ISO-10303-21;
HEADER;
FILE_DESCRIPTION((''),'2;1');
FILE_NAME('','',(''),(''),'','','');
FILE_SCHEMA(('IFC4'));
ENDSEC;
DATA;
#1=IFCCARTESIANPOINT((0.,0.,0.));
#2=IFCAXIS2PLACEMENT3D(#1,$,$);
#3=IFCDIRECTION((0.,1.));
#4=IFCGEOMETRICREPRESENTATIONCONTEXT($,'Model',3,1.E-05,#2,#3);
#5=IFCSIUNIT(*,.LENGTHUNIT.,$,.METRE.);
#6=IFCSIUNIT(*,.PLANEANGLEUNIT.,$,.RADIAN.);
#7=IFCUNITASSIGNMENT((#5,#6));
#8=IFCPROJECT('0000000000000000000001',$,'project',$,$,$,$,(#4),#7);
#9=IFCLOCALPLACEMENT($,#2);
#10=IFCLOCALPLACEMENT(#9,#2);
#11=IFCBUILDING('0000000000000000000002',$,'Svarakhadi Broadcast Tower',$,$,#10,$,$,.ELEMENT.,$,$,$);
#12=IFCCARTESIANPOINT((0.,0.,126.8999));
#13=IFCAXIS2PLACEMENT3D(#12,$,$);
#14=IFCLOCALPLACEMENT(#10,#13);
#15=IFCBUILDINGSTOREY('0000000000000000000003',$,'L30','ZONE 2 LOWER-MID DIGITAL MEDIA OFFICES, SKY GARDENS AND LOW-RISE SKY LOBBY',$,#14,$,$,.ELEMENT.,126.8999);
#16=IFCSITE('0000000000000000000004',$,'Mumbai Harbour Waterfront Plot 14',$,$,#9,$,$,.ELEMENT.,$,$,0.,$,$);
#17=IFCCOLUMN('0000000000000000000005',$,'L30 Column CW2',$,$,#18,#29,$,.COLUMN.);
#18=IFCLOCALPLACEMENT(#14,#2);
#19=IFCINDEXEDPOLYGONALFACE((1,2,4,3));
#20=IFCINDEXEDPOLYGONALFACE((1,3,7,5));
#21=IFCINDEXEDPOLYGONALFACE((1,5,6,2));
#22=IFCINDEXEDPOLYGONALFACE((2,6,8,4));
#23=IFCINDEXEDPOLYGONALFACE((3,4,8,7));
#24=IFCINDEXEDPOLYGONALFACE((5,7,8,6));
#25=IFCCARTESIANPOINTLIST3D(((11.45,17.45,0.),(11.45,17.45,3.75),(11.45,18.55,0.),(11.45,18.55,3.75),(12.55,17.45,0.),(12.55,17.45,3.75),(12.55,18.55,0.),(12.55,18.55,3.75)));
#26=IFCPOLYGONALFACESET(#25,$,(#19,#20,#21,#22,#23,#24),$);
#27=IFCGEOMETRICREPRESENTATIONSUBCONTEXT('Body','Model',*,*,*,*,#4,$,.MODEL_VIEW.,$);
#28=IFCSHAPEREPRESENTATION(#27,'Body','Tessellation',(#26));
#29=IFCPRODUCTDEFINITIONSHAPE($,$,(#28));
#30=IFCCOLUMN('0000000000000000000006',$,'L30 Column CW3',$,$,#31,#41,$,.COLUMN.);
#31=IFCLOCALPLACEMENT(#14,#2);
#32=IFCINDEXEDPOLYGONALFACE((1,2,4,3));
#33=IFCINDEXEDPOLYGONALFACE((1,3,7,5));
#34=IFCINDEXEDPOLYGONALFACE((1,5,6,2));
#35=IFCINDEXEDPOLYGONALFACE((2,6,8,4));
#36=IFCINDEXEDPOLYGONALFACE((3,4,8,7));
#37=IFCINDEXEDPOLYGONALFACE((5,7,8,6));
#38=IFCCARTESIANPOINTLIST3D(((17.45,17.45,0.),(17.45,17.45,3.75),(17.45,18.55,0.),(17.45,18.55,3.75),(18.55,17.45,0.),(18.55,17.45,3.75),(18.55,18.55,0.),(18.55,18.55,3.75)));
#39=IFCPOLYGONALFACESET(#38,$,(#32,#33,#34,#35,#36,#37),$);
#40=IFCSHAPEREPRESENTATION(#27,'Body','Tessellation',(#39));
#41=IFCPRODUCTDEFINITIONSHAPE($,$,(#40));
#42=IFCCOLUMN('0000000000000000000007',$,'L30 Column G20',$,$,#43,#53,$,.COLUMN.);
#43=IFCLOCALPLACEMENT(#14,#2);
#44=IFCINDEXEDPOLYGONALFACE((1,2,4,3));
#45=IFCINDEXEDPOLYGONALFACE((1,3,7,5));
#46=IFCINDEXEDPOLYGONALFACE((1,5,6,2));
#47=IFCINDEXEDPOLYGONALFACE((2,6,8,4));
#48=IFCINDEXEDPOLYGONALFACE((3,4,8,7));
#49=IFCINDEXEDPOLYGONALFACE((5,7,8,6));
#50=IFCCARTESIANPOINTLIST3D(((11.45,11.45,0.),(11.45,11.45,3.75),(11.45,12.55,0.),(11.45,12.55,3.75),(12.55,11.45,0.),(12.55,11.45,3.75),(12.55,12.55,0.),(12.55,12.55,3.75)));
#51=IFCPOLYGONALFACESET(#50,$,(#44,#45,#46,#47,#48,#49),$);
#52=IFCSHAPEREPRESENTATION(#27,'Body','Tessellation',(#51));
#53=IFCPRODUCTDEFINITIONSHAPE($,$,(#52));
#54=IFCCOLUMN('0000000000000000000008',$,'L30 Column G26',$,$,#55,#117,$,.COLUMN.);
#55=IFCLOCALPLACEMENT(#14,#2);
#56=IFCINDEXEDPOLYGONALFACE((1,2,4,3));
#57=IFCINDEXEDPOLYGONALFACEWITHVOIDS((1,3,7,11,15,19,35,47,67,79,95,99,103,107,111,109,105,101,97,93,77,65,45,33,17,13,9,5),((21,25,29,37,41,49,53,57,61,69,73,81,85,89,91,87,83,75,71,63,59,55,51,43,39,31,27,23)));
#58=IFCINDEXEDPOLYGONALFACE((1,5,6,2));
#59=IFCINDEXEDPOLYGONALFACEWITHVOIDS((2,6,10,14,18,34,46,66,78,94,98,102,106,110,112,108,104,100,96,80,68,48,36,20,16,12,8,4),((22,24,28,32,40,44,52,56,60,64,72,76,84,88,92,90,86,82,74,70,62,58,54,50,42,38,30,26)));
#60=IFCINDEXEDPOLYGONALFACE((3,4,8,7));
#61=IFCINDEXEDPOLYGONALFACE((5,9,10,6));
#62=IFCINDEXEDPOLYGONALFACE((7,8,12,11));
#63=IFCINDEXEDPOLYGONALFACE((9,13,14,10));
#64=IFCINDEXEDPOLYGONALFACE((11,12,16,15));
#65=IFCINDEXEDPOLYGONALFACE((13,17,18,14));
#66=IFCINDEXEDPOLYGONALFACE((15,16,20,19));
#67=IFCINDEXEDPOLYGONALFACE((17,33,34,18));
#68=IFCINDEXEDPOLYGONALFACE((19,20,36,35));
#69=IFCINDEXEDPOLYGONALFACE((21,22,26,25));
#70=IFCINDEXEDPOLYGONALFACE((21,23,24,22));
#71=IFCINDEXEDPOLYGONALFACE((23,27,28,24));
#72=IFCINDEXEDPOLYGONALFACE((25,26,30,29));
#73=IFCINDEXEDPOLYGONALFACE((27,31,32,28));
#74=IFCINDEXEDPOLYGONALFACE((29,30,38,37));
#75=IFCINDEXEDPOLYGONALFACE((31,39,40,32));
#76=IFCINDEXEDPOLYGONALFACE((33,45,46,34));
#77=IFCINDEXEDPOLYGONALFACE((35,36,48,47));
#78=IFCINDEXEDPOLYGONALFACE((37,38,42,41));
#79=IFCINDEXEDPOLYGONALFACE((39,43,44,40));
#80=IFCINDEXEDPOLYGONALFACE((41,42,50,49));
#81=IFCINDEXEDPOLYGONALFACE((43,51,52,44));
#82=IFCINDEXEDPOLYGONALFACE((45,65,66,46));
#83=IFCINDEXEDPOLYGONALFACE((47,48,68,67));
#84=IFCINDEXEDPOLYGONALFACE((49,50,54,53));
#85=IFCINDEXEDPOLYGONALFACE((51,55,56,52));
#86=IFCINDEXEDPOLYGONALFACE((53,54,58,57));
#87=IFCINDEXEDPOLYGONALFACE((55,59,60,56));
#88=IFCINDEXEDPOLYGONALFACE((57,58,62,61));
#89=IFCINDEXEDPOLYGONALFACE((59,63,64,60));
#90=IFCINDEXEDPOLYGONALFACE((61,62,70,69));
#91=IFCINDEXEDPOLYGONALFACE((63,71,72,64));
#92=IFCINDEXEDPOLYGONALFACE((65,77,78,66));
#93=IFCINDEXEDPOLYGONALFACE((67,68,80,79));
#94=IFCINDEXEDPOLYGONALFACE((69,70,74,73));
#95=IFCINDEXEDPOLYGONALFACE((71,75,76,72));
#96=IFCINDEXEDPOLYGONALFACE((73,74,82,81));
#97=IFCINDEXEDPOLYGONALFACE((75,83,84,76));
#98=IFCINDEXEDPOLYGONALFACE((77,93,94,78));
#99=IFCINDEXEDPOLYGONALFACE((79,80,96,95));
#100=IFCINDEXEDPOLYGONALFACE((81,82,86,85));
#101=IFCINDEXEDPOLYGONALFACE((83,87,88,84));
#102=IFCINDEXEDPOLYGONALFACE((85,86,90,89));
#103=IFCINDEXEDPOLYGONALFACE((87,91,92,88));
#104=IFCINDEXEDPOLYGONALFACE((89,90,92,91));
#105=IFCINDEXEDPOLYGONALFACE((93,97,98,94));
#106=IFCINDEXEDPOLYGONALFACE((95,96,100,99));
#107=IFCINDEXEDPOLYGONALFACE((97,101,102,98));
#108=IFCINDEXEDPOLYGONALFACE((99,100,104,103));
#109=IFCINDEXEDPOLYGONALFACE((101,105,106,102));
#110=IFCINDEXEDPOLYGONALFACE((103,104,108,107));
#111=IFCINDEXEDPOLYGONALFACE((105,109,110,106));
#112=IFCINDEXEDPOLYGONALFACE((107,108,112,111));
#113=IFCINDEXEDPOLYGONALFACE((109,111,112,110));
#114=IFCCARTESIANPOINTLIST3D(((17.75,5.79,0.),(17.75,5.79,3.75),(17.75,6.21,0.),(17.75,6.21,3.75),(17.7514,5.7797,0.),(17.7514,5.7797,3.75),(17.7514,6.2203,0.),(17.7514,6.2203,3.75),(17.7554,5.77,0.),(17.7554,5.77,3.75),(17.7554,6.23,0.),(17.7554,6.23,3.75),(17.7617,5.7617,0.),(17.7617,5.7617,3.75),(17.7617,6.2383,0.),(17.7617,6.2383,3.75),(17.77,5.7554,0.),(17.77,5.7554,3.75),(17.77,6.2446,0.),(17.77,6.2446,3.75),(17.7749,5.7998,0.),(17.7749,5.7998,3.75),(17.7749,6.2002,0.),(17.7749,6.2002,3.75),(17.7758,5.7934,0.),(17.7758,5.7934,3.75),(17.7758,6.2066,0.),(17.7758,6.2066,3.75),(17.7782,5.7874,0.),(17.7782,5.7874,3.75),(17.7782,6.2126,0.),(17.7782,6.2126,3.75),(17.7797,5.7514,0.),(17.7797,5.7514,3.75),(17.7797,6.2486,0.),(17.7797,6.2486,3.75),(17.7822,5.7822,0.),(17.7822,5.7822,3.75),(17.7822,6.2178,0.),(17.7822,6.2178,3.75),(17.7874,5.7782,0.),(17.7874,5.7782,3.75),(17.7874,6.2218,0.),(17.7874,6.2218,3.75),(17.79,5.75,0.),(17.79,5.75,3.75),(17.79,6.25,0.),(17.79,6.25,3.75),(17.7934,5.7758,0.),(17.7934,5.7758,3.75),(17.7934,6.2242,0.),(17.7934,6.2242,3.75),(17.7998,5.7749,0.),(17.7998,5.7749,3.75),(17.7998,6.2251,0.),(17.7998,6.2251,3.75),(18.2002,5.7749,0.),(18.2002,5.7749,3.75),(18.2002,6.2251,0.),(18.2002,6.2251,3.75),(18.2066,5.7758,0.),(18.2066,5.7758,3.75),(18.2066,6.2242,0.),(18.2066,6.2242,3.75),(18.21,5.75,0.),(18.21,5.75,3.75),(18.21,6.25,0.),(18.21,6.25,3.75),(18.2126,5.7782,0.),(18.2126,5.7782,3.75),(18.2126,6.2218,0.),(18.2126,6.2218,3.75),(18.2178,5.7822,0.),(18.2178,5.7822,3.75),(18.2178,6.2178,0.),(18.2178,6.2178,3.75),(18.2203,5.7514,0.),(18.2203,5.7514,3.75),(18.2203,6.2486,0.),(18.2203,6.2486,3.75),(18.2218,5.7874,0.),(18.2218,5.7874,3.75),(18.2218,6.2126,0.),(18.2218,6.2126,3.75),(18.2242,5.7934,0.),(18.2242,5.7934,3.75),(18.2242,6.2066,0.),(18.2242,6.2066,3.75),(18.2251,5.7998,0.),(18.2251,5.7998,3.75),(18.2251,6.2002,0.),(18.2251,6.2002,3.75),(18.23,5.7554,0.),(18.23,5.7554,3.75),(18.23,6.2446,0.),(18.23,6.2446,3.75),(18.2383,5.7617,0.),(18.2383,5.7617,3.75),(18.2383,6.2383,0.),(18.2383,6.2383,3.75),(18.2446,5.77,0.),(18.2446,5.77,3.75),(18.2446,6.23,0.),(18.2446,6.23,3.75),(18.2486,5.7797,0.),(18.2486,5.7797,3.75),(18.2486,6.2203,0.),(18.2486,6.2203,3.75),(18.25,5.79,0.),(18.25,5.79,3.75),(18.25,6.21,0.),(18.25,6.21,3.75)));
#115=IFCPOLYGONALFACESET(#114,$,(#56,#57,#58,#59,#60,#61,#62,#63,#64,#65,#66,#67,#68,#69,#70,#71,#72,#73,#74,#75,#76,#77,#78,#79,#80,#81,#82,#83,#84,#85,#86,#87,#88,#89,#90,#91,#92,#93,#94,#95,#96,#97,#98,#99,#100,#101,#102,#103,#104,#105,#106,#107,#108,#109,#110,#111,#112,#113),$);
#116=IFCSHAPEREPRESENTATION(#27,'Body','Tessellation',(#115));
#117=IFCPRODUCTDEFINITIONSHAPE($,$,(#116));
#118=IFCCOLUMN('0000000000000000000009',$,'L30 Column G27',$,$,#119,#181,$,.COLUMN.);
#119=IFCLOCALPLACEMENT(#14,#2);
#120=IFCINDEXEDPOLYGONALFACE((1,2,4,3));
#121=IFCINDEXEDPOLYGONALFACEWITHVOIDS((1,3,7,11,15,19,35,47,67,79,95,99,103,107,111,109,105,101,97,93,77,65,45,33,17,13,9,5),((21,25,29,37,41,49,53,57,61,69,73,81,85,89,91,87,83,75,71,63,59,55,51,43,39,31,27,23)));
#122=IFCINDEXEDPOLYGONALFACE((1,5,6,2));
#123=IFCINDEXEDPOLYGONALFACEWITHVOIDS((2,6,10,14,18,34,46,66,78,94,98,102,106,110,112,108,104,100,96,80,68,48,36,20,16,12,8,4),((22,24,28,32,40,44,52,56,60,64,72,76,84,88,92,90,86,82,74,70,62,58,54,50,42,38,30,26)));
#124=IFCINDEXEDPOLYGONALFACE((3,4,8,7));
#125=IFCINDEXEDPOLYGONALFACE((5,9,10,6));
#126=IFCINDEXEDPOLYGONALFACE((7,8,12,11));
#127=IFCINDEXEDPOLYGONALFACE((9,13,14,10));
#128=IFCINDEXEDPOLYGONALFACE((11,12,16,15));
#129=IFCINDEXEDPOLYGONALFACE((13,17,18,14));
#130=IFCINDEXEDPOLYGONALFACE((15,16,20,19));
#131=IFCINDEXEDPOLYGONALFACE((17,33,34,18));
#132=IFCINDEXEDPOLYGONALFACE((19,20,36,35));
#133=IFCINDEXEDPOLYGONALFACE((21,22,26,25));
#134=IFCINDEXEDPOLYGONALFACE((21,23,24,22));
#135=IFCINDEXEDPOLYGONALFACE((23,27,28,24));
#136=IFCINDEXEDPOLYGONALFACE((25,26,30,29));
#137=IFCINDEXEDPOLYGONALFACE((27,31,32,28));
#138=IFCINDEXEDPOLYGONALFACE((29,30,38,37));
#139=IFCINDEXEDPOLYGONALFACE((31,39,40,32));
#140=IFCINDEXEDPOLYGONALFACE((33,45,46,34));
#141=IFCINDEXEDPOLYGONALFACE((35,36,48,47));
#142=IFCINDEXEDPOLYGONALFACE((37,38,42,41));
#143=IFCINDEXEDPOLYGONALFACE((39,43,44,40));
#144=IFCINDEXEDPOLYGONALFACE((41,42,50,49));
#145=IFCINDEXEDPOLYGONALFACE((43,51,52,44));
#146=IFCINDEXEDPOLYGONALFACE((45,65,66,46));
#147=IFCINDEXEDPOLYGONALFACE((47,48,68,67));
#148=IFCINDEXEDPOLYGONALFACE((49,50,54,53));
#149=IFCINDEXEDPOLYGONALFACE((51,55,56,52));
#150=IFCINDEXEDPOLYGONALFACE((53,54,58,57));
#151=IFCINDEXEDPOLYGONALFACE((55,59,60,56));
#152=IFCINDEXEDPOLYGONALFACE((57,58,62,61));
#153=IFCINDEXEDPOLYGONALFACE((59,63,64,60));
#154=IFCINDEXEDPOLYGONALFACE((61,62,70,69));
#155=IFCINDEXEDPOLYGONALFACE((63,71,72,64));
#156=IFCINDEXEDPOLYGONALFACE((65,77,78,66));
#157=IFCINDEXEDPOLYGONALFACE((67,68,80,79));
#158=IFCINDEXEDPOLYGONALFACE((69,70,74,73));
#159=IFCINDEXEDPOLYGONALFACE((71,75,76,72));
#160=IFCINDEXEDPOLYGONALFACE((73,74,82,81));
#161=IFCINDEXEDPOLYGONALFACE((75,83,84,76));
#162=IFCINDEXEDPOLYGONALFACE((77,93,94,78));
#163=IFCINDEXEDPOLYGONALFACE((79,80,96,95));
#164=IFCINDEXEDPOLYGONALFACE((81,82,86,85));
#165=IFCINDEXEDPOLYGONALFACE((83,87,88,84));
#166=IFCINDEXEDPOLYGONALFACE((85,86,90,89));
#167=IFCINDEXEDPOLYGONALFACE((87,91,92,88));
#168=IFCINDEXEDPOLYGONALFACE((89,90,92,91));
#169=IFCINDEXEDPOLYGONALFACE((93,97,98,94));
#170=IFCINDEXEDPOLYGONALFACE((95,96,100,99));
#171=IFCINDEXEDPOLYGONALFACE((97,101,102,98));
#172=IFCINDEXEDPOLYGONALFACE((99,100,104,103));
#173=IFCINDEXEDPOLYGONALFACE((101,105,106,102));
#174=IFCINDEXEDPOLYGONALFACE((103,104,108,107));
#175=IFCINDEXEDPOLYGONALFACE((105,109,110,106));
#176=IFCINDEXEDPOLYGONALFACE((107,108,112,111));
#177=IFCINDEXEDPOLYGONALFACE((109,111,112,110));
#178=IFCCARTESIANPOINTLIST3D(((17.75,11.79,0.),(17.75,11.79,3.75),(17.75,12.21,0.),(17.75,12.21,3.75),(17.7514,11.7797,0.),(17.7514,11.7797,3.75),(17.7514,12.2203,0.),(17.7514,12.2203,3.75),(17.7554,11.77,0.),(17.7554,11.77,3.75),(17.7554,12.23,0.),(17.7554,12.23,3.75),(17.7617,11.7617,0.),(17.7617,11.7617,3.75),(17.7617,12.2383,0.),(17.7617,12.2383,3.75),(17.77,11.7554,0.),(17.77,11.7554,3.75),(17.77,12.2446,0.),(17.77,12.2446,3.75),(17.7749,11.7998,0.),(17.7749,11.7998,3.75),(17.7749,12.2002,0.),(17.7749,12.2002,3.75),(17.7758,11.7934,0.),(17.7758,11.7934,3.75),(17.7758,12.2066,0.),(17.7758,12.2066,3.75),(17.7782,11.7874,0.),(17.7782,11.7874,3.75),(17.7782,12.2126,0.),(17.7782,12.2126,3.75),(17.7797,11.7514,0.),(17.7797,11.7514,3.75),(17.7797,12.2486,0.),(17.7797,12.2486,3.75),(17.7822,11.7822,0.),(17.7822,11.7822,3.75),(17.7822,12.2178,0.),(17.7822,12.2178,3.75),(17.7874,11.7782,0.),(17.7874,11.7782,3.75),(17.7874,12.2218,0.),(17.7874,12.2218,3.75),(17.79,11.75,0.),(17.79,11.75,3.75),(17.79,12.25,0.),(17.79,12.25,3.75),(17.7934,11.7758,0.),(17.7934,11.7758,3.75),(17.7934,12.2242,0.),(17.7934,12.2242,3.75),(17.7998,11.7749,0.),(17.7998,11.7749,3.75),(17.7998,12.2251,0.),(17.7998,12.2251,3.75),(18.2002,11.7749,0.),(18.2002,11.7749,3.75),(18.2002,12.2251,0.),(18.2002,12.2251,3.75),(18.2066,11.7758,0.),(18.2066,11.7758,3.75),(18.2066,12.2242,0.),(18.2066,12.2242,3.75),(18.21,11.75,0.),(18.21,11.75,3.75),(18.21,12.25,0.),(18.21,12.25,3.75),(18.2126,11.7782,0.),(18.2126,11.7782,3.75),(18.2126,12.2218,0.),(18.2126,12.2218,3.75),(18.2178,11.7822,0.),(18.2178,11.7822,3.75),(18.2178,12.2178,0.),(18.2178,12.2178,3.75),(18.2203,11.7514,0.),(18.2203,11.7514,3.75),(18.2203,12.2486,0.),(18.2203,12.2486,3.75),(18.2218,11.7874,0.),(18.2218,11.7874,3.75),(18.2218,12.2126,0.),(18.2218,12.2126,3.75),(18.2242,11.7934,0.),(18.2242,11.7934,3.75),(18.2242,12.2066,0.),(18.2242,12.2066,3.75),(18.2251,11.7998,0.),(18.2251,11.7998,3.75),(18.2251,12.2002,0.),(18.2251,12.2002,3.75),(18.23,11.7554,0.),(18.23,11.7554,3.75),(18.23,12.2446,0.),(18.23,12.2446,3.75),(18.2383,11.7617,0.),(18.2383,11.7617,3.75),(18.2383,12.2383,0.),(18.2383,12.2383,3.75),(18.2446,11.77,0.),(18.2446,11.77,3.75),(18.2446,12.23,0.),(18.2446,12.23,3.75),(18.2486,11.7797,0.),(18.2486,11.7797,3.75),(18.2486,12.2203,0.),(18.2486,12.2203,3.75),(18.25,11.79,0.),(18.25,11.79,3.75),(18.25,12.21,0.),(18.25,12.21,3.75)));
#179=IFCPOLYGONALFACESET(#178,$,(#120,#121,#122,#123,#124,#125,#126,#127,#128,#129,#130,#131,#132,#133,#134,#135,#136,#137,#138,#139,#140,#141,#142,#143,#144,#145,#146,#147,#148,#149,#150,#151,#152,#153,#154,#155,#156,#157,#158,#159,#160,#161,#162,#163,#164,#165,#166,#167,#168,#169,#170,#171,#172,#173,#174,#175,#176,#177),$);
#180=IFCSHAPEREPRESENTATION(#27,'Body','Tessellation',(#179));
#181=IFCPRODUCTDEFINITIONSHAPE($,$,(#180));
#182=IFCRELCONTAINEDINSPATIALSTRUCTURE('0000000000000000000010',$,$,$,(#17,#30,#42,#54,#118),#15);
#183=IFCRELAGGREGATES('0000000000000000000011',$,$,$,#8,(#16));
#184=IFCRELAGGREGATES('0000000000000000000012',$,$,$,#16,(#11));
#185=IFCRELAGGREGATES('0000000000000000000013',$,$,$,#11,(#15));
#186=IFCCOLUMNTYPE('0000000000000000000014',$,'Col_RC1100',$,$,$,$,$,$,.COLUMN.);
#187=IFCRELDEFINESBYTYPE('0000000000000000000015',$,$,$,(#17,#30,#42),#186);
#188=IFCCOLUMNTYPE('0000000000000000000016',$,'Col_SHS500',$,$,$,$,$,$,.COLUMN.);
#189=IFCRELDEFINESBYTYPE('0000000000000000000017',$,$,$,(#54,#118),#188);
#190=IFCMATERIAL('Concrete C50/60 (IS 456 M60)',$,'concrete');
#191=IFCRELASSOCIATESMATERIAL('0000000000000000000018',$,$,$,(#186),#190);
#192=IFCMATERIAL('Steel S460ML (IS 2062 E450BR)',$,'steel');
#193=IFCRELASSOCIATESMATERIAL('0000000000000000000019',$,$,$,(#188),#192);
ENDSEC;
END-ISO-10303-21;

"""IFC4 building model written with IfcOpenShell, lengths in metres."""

from ifc_helpers import new_model, si_unit, direction, frame, origin, origin_2d, place, context, subcontext, project, spatial, rectangle, hollow_rectangle, extrude, material, material_profile, profile_set, type_object, element, save


model = new_model("IFC4")

# Units and contexts
model_context = context("Model", 3, precision=1e-05, world=origin(), true_north=direction((0.0, 1.0)))
body_context = subcontext(model_context, "Body", "Model", "MODEL_VIEW")
ifc_project = project(units=[si_unit("LENGTHUNIT", "METRE"), si_unit("PLANEANGLEUNIT", "RADIAN")], contexts=[model_context])

# Site, building, storey
site_placement = place(None, origin())
site = spatial("IfcSite", under=ifc_project, at=site_placement, Name="Mumbai Harbour Waterfront Plot 14", CompositionType="ELEMENT", RefElevation=0.0)
building_placement = place(site_placement, origin())
building = spatial("IfcBuilding", under=site, at=building_placement, Name="Svarakhadi Broadcast Tower", CompositionType="ELEMENT")
storey_placement = place(building_placement, frame((0.0, 0.0, 126.8999)))
storey = spatial("IfcBuildingStorey", under=building, at=storey_placement, Name="L30", Description="ZONE 2 LOWER-MID DIGITAL MEDIA OFFICES, SKY GARDENS AND LOW-RISE SKY LOBBY", CompositionType="ELEMENT", Elevation=126.8999)

# Columns
ifc_material_1 = material(Name="Concrete C50/60 (IS 456 M60)", Category="concrete")
ifc_material_profile_1 = material_profile(ifc_material_1, rectangle(XDim=1.1001, YDim=1.1001, at=origin_2d()), Name="RC 1100x1100")
ifc_profile_set_1 = profile_set([ifc_material_profile_1], Name="Concrete C50/60 (IS 456 M60)")
column_type_1 = type_object("IfcColumnType", Name="Col_RC1100", PredefinedType="COLUMN", material=ifc_profile_set_1)
for number, where, z_axis, x_axis, name in (
    (1, (12.0, 18.0, 0.0), (0.0, 0.0, 1.0), (1.0, 0.0, 0.0), "L30 Column CW2"),
    (2, (18.0, 18.0, 0.0), (0.0, 0.0, 1.0), (1.0, 0.0, 0.0), "L30 Column CW3"),
    (3, (12.0, 12.0, 0.0), (0.0, 0.0, 1.0), (1.0, 0.0, 0.0), "L30 Column G20"),
):
    element("IfcColumn", number, at=place(storey_placement, frame(where, z_axis=z_axis, x_axis=x_axis)), inside=storey, type_object=column_type_1, Name=name, PredefinedType="COLUMN", context=body_context, shape_type="SweptSolid", body=[
        extrude(rectangle(XDim=1.1001, YDim=1.1001, at=origin_2d()), origin(), (0.0, 0.0, 1.0), 3.75),
    ])
ifc_material_2 = material(Name="Steel S460ML (IS 2062 E450BR)", Category="steel")
ifc_material_profile_2 = material_profile(ifc_material_2, hollow_rectangle(XDim=0.5, YDim=0.5, WallThickness=0.0249, InnerFilletRadius=0.0249, OuterFilletRadius=0.04, at=origin_2d()), Name="SHS 500x500x25")
ifc_profile_set_2 = profile_set([ifc_material_profile_2], Name="Steel S460ML (IS 2062 E450BR)")
column_type_2 = type_object("IfcColumnType", Name="Col_SHS500", PredefinedType="COLUMN", material=ifc_profile_set_2)
for number, where, z_axis, x_axis, name in (
    (4, (18.0, 6.0, 0.0), (0.0, 0.0, 1.0), (1.0, 0.0, 0.0), "L30 Column G26"),
    (5, (18.0, 12.0, 0.0), (0.0, 0.0, 1.0), (1.0, 0.0, 0.0), "L30 Column G27"),
):
    element("IfcColumn", number, at=place(storey_placement, frame(where, z_axis=z_axis, x_axis=x_axis)), inside=storey, type_object=column_type_2, Name=name, PredefinedType="COLUMN", context=body_context, shape_type="SweptSolid", body=[
        extrude(hollow_rectangle(XDim=0.5, YDim=0.5, WallThickness=0.0249, InnerFilletRadius=0.0249, OuterFilletRadius=0.04, at=origin_2d()), origin(), (0.0, 0.0, 1.0), 3.75),
    ])

save(model, "model.ifc")
